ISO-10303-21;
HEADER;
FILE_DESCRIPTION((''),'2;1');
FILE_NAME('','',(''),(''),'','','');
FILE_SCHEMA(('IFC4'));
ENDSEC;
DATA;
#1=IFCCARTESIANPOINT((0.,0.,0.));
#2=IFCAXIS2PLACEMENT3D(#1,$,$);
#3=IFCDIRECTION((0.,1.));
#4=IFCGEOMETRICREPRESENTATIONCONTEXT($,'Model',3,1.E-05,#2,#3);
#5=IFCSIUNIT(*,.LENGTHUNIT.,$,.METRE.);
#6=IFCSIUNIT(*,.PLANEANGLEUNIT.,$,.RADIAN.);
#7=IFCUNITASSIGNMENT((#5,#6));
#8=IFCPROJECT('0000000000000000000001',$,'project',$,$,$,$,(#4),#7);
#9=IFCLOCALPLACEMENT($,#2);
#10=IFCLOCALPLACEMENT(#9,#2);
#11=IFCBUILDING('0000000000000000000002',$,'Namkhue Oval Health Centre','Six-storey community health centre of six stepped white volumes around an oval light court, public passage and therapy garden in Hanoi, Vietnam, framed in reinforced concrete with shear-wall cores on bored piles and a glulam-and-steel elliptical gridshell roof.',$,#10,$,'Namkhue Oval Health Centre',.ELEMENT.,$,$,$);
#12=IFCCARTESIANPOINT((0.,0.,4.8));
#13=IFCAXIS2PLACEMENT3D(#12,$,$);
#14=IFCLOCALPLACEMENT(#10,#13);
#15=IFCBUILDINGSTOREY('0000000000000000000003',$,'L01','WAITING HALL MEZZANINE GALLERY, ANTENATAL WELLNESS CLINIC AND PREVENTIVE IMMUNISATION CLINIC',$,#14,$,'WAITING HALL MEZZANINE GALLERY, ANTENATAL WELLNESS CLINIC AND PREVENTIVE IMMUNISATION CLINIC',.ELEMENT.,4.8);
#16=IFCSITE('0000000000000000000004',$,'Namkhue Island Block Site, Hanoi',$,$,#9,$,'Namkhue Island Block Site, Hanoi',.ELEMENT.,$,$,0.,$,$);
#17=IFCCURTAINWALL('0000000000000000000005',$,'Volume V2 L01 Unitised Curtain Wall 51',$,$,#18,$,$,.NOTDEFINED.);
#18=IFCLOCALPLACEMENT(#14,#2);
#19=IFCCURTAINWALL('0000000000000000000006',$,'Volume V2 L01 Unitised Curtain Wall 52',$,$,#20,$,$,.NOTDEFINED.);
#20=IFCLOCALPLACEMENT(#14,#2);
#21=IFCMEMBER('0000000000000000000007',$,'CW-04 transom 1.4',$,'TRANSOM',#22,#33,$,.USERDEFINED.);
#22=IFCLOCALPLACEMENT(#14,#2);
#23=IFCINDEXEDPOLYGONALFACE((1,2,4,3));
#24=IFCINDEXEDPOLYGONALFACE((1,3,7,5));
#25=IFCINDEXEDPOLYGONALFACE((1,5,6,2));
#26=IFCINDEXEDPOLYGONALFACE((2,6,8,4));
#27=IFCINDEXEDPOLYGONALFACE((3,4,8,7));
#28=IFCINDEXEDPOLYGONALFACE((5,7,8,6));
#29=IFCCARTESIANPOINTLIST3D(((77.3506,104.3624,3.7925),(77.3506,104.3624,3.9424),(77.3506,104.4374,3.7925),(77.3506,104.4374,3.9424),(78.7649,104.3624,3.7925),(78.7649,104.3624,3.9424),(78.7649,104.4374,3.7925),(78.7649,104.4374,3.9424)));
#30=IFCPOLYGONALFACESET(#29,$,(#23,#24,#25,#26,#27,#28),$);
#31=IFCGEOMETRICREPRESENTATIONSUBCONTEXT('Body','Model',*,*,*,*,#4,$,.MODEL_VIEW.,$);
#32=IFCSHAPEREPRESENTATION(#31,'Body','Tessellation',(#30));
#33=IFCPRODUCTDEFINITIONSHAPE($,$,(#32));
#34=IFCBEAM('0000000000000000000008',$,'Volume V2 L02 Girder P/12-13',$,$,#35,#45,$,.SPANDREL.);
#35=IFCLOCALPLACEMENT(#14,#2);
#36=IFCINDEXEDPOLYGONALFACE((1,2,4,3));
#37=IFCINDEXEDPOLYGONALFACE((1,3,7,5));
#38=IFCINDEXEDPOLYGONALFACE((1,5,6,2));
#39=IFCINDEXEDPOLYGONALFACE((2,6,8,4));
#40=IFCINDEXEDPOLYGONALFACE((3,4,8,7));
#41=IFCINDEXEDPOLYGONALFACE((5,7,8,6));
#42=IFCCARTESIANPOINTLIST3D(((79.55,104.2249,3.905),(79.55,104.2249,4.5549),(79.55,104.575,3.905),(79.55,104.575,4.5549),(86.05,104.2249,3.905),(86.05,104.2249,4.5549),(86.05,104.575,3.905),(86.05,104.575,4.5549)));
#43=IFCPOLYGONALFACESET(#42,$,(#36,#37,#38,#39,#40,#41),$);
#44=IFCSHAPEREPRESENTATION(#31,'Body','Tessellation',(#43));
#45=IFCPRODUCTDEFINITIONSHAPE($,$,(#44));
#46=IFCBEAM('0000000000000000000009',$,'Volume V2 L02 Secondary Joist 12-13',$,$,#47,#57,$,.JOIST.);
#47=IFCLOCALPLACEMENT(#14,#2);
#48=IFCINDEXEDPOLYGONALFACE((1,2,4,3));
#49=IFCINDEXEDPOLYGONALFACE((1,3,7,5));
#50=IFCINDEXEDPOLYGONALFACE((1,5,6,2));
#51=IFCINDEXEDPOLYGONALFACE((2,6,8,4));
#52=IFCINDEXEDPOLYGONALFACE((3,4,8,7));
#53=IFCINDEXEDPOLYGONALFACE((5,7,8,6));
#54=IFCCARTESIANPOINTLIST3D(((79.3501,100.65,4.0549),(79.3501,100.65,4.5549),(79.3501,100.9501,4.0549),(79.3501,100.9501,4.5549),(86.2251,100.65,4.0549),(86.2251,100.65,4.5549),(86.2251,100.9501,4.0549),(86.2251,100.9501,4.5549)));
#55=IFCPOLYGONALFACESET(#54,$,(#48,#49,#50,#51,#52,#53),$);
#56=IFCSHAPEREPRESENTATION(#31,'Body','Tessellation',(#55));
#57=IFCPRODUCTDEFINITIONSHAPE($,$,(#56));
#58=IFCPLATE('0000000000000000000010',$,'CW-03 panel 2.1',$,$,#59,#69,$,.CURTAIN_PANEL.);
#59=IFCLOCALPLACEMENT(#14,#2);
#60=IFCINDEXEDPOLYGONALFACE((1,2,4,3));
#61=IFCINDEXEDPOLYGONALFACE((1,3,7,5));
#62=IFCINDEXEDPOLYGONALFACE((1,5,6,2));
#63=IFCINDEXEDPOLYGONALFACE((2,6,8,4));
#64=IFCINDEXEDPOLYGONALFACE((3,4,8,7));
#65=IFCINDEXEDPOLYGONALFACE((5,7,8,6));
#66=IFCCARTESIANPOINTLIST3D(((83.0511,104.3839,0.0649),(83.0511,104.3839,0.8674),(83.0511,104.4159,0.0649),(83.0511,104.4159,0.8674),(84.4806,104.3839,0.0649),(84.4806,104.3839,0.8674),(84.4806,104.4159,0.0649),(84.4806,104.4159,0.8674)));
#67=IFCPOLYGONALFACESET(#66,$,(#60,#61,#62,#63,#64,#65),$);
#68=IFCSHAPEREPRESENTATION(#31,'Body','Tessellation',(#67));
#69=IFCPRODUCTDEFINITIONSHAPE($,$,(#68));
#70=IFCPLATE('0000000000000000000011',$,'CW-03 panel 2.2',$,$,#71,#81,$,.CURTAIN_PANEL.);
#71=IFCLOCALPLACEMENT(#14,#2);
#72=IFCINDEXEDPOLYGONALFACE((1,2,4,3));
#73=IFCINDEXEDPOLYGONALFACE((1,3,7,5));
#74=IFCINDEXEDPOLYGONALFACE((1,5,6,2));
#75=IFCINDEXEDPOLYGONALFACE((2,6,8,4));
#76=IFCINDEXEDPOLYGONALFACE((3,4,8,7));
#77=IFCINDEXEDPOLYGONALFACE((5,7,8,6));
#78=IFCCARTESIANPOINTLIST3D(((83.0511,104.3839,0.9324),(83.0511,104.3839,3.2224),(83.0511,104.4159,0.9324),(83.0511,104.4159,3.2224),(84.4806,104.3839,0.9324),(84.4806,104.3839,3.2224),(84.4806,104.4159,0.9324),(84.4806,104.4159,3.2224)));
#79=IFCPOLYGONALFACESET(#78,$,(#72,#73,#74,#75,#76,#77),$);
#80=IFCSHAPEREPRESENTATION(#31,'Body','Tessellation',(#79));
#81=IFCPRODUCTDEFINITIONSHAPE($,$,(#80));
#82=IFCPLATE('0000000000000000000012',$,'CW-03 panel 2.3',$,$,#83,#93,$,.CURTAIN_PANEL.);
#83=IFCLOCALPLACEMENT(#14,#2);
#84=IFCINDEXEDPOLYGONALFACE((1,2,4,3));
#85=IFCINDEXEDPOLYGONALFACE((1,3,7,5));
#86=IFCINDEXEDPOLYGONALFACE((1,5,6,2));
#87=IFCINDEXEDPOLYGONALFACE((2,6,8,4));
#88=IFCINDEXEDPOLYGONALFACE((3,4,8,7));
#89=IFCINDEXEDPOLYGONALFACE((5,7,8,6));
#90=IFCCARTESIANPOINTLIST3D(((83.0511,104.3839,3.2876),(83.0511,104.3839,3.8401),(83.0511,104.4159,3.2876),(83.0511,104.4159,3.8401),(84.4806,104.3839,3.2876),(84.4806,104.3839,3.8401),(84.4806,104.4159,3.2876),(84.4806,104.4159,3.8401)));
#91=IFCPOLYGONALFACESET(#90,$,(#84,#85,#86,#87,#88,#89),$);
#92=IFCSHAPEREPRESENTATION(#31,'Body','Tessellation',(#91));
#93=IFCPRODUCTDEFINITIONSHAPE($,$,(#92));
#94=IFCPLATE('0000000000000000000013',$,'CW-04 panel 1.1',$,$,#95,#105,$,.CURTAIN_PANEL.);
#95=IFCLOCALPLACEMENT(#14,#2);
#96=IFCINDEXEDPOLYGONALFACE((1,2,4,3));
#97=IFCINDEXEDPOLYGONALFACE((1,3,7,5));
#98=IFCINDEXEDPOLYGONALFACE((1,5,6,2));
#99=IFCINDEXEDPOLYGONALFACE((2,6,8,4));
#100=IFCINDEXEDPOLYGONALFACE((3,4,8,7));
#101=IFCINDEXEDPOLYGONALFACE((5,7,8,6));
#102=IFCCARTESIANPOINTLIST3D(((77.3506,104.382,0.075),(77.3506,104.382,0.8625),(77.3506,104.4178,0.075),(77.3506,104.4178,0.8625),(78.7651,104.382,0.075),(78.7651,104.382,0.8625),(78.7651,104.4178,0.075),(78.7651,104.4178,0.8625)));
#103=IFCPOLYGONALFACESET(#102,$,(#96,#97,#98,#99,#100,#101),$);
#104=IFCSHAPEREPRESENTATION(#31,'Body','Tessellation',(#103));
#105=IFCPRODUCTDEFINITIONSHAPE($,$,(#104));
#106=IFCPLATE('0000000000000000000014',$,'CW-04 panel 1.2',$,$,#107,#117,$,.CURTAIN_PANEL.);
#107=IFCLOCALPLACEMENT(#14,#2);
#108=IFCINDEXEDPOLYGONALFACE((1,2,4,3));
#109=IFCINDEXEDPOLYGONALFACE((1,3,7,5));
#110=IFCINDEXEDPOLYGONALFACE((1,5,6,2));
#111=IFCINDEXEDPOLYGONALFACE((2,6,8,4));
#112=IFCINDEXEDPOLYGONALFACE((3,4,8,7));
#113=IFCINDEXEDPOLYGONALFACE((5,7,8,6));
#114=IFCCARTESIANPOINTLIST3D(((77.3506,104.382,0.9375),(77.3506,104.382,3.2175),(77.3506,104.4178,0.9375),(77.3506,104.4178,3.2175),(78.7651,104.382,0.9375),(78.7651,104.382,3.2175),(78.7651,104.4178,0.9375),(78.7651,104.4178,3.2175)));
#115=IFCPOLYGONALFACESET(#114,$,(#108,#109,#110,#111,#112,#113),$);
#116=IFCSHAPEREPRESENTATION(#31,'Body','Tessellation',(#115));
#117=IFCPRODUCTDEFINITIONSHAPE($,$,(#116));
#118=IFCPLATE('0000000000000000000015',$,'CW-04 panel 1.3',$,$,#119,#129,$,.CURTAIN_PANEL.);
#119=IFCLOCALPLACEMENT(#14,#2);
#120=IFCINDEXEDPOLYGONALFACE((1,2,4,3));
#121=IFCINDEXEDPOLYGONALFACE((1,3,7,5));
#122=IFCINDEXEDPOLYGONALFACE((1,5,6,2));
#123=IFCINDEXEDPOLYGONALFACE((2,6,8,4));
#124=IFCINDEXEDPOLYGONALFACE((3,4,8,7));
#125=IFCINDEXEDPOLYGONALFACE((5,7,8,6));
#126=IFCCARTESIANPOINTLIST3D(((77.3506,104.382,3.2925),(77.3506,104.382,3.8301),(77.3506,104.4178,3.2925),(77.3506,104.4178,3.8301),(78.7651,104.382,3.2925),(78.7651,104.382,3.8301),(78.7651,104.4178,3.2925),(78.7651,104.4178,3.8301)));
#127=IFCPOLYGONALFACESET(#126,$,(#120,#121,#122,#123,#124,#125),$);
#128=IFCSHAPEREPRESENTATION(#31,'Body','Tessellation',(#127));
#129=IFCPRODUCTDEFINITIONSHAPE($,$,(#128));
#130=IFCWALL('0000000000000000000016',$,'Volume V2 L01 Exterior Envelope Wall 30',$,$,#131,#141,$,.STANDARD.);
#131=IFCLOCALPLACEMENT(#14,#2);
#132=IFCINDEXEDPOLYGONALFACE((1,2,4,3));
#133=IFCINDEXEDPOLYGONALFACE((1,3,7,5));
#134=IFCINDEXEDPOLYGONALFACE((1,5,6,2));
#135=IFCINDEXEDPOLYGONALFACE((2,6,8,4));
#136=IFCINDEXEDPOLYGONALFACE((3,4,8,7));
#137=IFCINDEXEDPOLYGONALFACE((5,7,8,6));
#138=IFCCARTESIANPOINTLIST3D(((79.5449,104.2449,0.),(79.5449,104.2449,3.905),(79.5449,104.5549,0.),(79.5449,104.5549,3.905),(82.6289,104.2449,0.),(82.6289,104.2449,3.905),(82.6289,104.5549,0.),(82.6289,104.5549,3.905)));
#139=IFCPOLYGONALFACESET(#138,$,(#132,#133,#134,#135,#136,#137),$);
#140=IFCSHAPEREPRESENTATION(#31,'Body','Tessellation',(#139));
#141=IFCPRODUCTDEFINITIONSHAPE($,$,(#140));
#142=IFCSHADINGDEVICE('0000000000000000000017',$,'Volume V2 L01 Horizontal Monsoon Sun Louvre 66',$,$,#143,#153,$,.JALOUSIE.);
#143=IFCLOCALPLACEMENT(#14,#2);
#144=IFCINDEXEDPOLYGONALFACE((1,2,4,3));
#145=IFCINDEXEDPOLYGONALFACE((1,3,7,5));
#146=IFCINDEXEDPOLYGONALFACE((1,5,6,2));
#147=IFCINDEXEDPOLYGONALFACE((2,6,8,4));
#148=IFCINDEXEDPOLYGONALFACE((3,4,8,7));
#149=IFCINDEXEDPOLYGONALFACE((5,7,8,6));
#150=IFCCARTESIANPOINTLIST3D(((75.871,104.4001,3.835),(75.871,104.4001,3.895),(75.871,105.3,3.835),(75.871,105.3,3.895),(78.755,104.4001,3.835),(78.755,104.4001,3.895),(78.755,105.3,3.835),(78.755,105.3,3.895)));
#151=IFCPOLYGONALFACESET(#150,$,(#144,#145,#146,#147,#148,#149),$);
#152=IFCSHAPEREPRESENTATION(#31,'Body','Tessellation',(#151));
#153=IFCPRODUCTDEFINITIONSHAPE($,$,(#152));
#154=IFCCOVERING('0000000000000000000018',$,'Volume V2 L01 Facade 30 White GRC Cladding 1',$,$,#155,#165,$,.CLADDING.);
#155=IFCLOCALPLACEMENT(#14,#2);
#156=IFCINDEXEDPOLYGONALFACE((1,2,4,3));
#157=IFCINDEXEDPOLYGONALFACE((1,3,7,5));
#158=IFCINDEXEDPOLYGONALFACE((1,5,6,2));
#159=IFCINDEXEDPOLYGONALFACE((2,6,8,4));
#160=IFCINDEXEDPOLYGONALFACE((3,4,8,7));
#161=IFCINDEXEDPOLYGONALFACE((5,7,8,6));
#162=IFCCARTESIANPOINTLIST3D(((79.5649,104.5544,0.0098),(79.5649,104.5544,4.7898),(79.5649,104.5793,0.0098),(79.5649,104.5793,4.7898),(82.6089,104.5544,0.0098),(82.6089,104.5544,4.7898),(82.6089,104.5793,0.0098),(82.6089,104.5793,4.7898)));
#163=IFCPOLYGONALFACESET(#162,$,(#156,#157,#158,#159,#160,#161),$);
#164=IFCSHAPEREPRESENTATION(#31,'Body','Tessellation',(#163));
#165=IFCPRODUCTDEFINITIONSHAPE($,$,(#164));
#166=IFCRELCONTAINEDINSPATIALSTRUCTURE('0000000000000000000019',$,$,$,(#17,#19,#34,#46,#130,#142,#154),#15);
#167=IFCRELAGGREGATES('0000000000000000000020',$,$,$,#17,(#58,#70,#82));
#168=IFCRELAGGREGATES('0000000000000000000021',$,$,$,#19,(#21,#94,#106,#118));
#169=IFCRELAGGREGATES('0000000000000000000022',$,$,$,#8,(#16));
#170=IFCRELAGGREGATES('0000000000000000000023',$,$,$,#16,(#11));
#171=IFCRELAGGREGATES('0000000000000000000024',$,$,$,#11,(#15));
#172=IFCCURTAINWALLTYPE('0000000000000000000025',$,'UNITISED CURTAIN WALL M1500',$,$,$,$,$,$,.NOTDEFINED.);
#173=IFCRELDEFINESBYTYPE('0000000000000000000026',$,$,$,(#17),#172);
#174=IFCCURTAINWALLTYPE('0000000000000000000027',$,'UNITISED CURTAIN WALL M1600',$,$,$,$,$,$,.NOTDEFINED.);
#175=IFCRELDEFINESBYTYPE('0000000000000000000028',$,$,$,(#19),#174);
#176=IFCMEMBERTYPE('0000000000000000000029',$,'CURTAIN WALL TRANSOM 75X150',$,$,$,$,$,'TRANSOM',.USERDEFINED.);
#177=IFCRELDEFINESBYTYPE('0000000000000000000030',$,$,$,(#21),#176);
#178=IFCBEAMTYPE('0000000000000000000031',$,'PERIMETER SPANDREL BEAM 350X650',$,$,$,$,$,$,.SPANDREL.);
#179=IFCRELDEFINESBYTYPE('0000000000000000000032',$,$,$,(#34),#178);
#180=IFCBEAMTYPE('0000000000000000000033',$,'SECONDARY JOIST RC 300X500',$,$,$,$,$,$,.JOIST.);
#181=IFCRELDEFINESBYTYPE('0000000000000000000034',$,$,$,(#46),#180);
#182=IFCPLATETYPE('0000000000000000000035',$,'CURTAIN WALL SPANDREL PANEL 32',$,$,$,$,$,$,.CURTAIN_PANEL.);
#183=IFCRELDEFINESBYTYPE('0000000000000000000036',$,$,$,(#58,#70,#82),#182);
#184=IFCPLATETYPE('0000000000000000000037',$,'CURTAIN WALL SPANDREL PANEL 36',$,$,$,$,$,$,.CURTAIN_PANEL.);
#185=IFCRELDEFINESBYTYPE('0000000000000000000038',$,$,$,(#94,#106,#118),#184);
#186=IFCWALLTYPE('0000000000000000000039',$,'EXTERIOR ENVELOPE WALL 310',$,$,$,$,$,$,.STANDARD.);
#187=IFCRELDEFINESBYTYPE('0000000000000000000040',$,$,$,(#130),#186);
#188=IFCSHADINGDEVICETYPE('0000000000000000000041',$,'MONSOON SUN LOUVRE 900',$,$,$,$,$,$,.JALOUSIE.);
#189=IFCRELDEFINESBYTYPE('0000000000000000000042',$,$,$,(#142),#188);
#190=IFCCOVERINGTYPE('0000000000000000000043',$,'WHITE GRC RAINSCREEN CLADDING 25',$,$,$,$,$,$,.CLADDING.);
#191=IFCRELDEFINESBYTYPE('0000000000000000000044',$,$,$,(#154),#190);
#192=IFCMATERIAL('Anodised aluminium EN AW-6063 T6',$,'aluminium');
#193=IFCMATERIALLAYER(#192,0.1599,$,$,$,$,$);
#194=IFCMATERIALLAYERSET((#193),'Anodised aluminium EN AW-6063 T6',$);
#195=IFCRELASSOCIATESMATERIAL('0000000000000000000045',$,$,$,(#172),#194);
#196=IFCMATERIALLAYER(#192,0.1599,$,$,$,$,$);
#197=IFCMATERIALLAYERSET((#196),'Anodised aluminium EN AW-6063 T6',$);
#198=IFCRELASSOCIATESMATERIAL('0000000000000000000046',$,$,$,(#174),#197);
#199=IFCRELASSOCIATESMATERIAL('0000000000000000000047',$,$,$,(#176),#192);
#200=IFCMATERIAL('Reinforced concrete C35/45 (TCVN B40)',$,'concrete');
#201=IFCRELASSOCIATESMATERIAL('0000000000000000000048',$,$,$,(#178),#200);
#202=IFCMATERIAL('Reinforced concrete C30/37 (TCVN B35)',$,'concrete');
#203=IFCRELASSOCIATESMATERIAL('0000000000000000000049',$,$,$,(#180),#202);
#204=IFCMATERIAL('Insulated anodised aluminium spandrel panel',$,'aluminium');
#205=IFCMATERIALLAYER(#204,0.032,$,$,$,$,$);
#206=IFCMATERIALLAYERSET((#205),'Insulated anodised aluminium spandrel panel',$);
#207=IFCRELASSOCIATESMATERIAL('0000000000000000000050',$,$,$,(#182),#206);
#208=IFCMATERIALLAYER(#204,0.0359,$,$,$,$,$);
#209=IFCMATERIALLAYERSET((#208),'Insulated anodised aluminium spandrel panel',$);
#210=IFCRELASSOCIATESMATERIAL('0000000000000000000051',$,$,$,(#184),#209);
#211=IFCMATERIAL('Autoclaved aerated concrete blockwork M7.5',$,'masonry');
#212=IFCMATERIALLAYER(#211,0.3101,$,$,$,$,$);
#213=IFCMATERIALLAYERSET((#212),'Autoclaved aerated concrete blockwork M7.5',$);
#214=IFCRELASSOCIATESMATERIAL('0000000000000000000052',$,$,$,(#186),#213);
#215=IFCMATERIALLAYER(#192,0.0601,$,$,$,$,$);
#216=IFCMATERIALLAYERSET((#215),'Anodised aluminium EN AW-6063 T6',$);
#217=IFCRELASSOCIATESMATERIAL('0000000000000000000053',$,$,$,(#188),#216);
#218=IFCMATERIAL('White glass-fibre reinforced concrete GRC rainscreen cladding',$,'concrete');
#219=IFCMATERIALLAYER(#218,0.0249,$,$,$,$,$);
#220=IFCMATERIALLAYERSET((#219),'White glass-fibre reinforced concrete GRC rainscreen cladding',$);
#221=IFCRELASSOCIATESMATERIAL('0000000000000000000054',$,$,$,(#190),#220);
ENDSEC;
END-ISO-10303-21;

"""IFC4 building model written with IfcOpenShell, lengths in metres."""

from ifc_helpers import new_model, si_unit, direction, frame, frame_2d, origin, origin_2d, place, context, subcontext, project, spatial, rectangle, extrude, material, layer, layer_set, material_profile, profile_set, type_object, element, aggregate, save


model = new_model("IFC4")

# Units and contexts
model_context = context("Model", 3, precision=1e-05, world=origin(), true_north=direction((0.0, 1.0)))
body_context = subcontext(model_context, "Body", "Model", "MODEL_VIEW")
ifc_project = project(units=[si_unit("LENGTHUNIT", "METRE"), si_unit("PLANEANGLEUNIT", "RADIAN")], contexts=[model_context])

# Site, building, storey
site_placement = place(None, origin())
site = spatial("IfcSite", under=ifc_project, at=site_placement, Name="Namkhue Island Block Site, Hanoi", LongName="Namkhue Island Block Site, Hanoi", CompositionType="ELEMENT", RefElevation=0.0)
building_placement = place(site_placement, origin())
building = spatial("IfcBuilding", under=site, at=building_placement, Name="Namkhue Oval Health Centre", Description="Six-storey community health centre of six stepped white volumes around an oval light court, public passage and therapy garden in Hanoi, Vietnam, framed in reinforced concrete with shear-wall cores on bored piles and a glulam-and-steel elliptical gridshell roof.", LongName="Namkhue Oval Health Centre", CompositionType="ELEMENT")
storey_placement = place(building_placement, frame((0.0, 0.0, 4.8)))
storey = spatial("IfcBuildingStorey", under=building, at=storey_placement, Name="L01", Description="WAITING HALL MEZZANINE GALLERY, ANTENATAL WELLNESS CLINIC AND PREVENTIVE IMMUNISATION CLINIC", LongName="WAITING HALL MEZZANINE GALLERY, ANTENATAL WELLNESS CLINIC AND PREVENTIVE IMMUNISATION CLINIC", CompositionType="ELEMENT", Elevation=4.8)

# Shared definitions
ifc_material_1 = material(Name="Reinforced concrete C35/45 (TCVN B40)", Category="concrete")

# Curtain walls
ifc_material_2 = material(Name="Anodised aluminium EN AW-6063 T6", Category="aluminium")
ifc_layer_1 = layer(ifc_material_2, 0.1599)
ifc_layer_set_1 = layer_set([ifc_layer_1], Name="Anodised aluminium EN AW-6063 T6")
curtain_wall_type_1 = type_object("IfcCurtainWallType", Name="UNITISED CURTAIN WALL M1500", PredefinedType="NOTDEFINED", material=ifc_layer_set_1)
curtain_wall_1_placement = place(storey_placement, origin())
curtain_wall_1 = element("IfcCurtainWall", 1, at=curtain_wall_1_placement, inside=storey, type_object=curtain_wall_type_1, Name="Volume V2 L01 Unitised Curtain Wall 51", PredefinedType="NOTDEFINED")
ifc_layer_2 = layer(ifc_material_2, 0.1599)
ifc_layer_set_2 = layer_set([ifc_layer_2], Name="Anodised aluminium EN AW-6063 T6")
curtain_wall_type_2 = type_object("IfcCurtainWallType", Name="UNITISED CURTAIN WALL M1600", PredefinedType="NOTDEFINED", material=ifc_layer_set_2)
curtain_wall_2_placement = place(storey_placement, origin())
curtain_wall_2 = element("IfcCurtainWall", 2, at=curtain_wall_2_placement, inside=storey, type_object=curtain_wall_type_2, Name="Volume V2 L01 Unitised Curtain Wall 52", PredefinedType="NOTDEFINED")

# Member
ifc_material_profile_1 = material_profile(ifc_material_2, rectangle(XDim=0.075, YDim=0.1499, at=origin_2d()), Name="ALU 75x150")
ifc_profile_set_1 = profile_set([ifc_material_profile_1], Name="Anodised aluminium EN AW-6063 T6")
member_type_1 = type_object("IfcMemberType", Name="CURTAIN WALL TRANSOM 75X150", ElementType="TRANSOM", PredefinedType="USERDEFINED", material=ifc_profile_set_1)
member_1_placement = place(storey_placement, frame((78.7649, 104.3999, 3.8674), z_axis=(-1.0, 0.0, 0.0), x_axis=(0.0, -1.0, 0.0)))
member_1 = element("IfcMember", 3, at=member_1_placement, type_object=member_type_1, Name="CW-04 transom 1.4", ObjectType="TRANSOM", PredefinedType="USERDEFINED", context=body_context, shape_type="SweptSolid", body=[
    extrude(rectangle(XDim=0.075, YDim=0.1499, at=origin_2d()), origin(), (0.0, 0.0, 1.0), 1.4143),
])

# Beams
ifc_material_profile_2 = material_profile(ifc_material_1, rectangle(XDim=0.3501, YDim=0.6499, at=origin_2d()), Name="RC 350x650")
ifc_profile_set_2 = profile_set([ifc_material_profile_2], Name="Reinforced concrete C35/45 (TCVN B40)")
beam_type_1 = type_object("IfcBeamType", Name="PERIMETER SPANDREL BEAM 350X650", PredefinedType="SPANDREL", material=ifc_profile_set_2)
beam_1_placement = place(storey_placement, frame((79.55, 104.3999, 4.23), z_axis=(1.0, 0.0, 0.0), x_axis=(0.0, 1.0, 0.0)))
element("IfcBeam", 4, at=beam_1_placement, inside=storey, type_object=beam_type_1, Name="Volume V2 L02 Girder P/12-13", PredefinedType="SPANDREL", context=body_context, shape_type="SweptSolid", body=[
    extrude(rectangle(XDim=0.3501, YDim=0.6499, at=origin_2d()), origin(), (0.0, 0.0, 1.0), 6.5),
])
ifc_material_3 = material(Name="Reinforced concrete C30/37 (TCVN B35)", Category="concrete")
ifc_material_profile_3 = material_profile(ifc_material_3, rectangle(XDim=0.3, YDim=0.5, at=origin_2d()), Name="RC 300x500")
ifc_profile_set_3 = profile_set([ifc_material_profile_3], Name="Reinforced concrete C30/37 (TCVN B35)")
beam_type_2 = type_object("IfcBeamType", Name="SECONDARY JOIST RC 300X500", PredefinedType="JOIST", material=ifc_profile_set_3)
beam_2_placement = place(storey_placement, frame((79.3501, 100.8, 4.3049), z_axis=(1.0, 0.0, 0.0), x_axis=(0.0, 1.0, 0.0)))
element("IfcBeam", 5, at=beam_2_placement, inside=storey, type_object=beam_type_2, Name="Volume V2 L02 Secondary Joist 12-13", PredefinedType="JOIST", context=body_context, shape_type="SweptSolid", body=[
    extrude(rectangle(XDim=0.3, YDim=0.5, at=origin_2d()), origin(), (0.0, 0.0, 1.0), 6.875),
])

# Plates
ifc_material_4 = material(Name="Insulated anodised aluminium spandrel panel", Category="aluminium")
ifc_layer_3 = layer(ifc_material_4, 0.032)
ifc_layer_set_3 = layer_set([ifc_layer_3], Name="Insulated anodised aluminium spandrel panel")
plate_type_1 = type_object("IfcPlateType", Name="CURTAIN WALL SPANDREL PANEL 32", PredefinedType="CURTAIN_PANEL", material=ifc_layer_set_3)
plate_1_placement = place(storey_placement, frame((83.7659, 104.3999, 0.0649), z_axis=(0.0, 0.0, 1.0), x_axis=(-1.0, 0.0, 0.0)))
plate_1 = element("IfcPlate", 6, at=plate_1_placement, type_object=plate_type_1, Name="CW-03 panel 2.1", PredefinedType="CURTAIN_PANEL", context=body_context, shape_type="SweptSolid", body=[
    extrude(rectangle(XDim=1.4294, YDim=0.032, at=origin_2d()), origin(), (0.0, 0.0, 1.0), 0.8025),
])
plate_2_placement = place(storey_placement, frame((83.7659, 104.3999, 0.9324), z_axis=(0.0, 0.0, 1.0), x_axis=(-1.0, 0.0, 0.0)))
plate_2 = element("IfcPlate", 7, at=plate_2_placement, type_object=plate_type_1, Name="CW-03 panel 2.2", PredefinedType="CURTAIN_PANEL", context=body_context, shape_type="SweptSolid", body=[
    extrude(rectangle(XDim=1.4294, YDim=0.032, at=origin_2d()), origin(), (0.0, 0.0, 1.0), 2.29),
])
plate_3_placement = place(storey_placement, frame((83.7659, 104.3999, 3.2876), z_axis=(0.0, 0.0, 1.0), x_axis=(-1.0, 0.0, 0.0)))
plate_3 = element("IfcPlate", 8, at=plate_3_placement, type_object=plate_type_1, Name="CW-03 panel 2.3", PredefinedType="CURTAIN_PANEL", context=body_context, shape_type="SweptSolid", body=[
    extrude(rectangle(XDim=1.4294, YDim=0.032, at=origin_2d()), origin(), (0.0, 0.0, 1.0), 0.5525),
])
aggregate(curtain_wall_1, [plate_1, plate_2, plate_3])
ifc_layer_4 = layer(ifc_material_4, 0.0359)
ifc_layer_set_4 = layer_set([ifc_layer_4], Name="Insulated anodised aluminium spandrel panel")
plate_type_2 = type_object("IfcPlateType", Name="CURTAIN WALL SPANDREL PANEL 36", PredefinedType="CURTAIN_PANEL", material=ifc_layer_set_4)
plate_4_placement = place(storey_placement, frame((78.0579, 104.3999, 0.075), z_axis=(0.0, 0.0, 1.0), x_axis=(-1.0, 0.0, 0.0)))
plate_4 = element("IfcPlate", 9, at=plate_4_placement, type_object=plate_type_2, Name="CW-04 panel 1.1", PredefinedType="CURTAIN_PANEL", context=body_context, shape_type="SweptSolid", body=[
    extrude(rectangle(XDim=1.4146, YDim=0.0359, at=origin_2d()), origin(), (0.0, 0.0, 1.0), 0.7876),
])
plate_5_placement = place(storey_placement, frame((78.0579, 104.3999, 0.9375), z_axis=(0.0, 0.0, 1.0), x_axis=(-1.0, 0.0, 0.0)))
plate_5 = element("IfcPlate", 10, at=plate_5_placement, type_object=plate_type_2, Name="CW-04 panel 1.2", PredefinedType="CURTAIN_PANEL", context=body_context, shape_type="SweptSolid", body=[
    extrude(rectangle(XDim=1.4146, YDim=0.0359, at=origin_2d()), origin(), (0.0, 0.0, 1.0), 2.28),
])
plate_6_placement = place(storey_placement, frame((78.0579, 104.3999, 3.2925), z_axis=(0.0, 0.0, 1.0), x_axis=(-1.0, 0.0, 0.0)))
plate_6 = element("IfcPlate", 11, at=plate_6_placement, type_object=plate_type_2, Name="CW-04 panel 1.3", PredefinedType="CURTAIN_PANEL", context=body_context, shape_type="SweptSolid", body=[
    extrude(rectangle(XDim=1.4146, YDim=0.0359, at=origin_2d()), origin(), (0.0, 0.0, 1.0), 0.5376),
])
aggregate(curtain_wall_2, [member_1, plate_4, plate_5, plate_6])

# Wall
ifc_material_5 = material(Name="Autoclaved aerated concrete blockwork M7.5", Category="masonry")
ifc_layer_5 = layer(ifc_material_5, 0.3101)
ifc_layer_set_5 = layer_set([ifc_layer_5], Name="Autoclaved aerated concrete blockwork M7.5")
wall_type = type_object("IfcWallType", Name="EXTERIOR ENVELOPE WALL 310", PredefinedType="STANDARD", material=ifc_layer_set_5)
wall_placement = place(storey_placement, frame((82.6289, 104.3999, 0.0), z_axis=(0.0, 0.0, 1.0), x_axis=(-1.0, 0.0, 0.0)))
element("IfcWall", 12, at=wall_placement, inside=storey, type_object=wall_type, Name="Volume V2 L01 Exterior Envelope Wall 30", PredefinedType="STANDARD", context=body_context, shape_type="SweptSolid", body=[
    extrude(rectangle(XDim=3.084, YDim=0.3101, at=frame_2d((1.542, 0.0))), origin(), (0.0, 0.0, 1.0), 3.905),
])

# Shading device
ifc_layer_6 = layer(ifc_material_2, 0.0601)
ifc_layer_set_6 = layer_set([ifc_layer_6], Name="Anodised aluminium EN AW-6063 T6")
shading_device_type = type_object("IfcShadingDeviceType", Name="MONSOON SUN LOUVRE 900", PredefinedType="JALOUSIE", material=ifc_layer_set_6)
shading_device_placement = place(storey_placement, frame((77.313, 104.8501, 3.835), z_axis=(0.0, 0.0, 1.0), x_axis=(-1.0, 0.0, 0.0)))
element("IfcShadingDevice", 13, at=shading_device_placement, inside=storey, type_object=shading_device_type, Name="Volume V2 L01 Horizontal Monsoon Sun Louvre 66", PredefinedType="JALOUSIE", context=body_context, shape_type="SweptSolid", body=[
    extrude(rectangle(XDim=2.884, YDim=0.8999, at=origin_2d()), origin(), (0.0, 0.0, 1.0), 0.0601),
])

# Covering
ifc_material_6 = material(Name="White glass-fibre reinforced concrete GRC rainscreen cladding", Category="concrete")
ifc_layer_7 = layer(ifc_material_6, 0.0249)
ifc_layer_set_7 = layer_set([ifc_layer_7], Name="White glass-fibre reinforced concrete GRC rainscreen cladding")
covering_type = type_object("IfcCoveringType", Name="WHITE GRC RAINSCREEN CLADDING 25", PredefinedType="CLADDING", material=ifc_layer_set_7)
covering_placement = place(storey_placement, frame((81.0869, 104.5669, 0.0098), z_axis=(0.0, 0.0, 1.0), x_axis=(-1.0, 0.0, 0.0)))
element("IfcCovering", 14, at=covering_placement, inside=storey, type_object=covering_type, Name="Volume V2 L01 Facade 30 White GRC Cladding 1", PredefinedType="CLADDING", context=body_context, shape_type="SweptSolid", body=[
    extrude(rectangle(XDim=3.0439, YDim=0.0249, at=origin_2d()), origin(), (0.0, 0.0, 1.0), 4.78),
])

save(model, "model.ifc")
